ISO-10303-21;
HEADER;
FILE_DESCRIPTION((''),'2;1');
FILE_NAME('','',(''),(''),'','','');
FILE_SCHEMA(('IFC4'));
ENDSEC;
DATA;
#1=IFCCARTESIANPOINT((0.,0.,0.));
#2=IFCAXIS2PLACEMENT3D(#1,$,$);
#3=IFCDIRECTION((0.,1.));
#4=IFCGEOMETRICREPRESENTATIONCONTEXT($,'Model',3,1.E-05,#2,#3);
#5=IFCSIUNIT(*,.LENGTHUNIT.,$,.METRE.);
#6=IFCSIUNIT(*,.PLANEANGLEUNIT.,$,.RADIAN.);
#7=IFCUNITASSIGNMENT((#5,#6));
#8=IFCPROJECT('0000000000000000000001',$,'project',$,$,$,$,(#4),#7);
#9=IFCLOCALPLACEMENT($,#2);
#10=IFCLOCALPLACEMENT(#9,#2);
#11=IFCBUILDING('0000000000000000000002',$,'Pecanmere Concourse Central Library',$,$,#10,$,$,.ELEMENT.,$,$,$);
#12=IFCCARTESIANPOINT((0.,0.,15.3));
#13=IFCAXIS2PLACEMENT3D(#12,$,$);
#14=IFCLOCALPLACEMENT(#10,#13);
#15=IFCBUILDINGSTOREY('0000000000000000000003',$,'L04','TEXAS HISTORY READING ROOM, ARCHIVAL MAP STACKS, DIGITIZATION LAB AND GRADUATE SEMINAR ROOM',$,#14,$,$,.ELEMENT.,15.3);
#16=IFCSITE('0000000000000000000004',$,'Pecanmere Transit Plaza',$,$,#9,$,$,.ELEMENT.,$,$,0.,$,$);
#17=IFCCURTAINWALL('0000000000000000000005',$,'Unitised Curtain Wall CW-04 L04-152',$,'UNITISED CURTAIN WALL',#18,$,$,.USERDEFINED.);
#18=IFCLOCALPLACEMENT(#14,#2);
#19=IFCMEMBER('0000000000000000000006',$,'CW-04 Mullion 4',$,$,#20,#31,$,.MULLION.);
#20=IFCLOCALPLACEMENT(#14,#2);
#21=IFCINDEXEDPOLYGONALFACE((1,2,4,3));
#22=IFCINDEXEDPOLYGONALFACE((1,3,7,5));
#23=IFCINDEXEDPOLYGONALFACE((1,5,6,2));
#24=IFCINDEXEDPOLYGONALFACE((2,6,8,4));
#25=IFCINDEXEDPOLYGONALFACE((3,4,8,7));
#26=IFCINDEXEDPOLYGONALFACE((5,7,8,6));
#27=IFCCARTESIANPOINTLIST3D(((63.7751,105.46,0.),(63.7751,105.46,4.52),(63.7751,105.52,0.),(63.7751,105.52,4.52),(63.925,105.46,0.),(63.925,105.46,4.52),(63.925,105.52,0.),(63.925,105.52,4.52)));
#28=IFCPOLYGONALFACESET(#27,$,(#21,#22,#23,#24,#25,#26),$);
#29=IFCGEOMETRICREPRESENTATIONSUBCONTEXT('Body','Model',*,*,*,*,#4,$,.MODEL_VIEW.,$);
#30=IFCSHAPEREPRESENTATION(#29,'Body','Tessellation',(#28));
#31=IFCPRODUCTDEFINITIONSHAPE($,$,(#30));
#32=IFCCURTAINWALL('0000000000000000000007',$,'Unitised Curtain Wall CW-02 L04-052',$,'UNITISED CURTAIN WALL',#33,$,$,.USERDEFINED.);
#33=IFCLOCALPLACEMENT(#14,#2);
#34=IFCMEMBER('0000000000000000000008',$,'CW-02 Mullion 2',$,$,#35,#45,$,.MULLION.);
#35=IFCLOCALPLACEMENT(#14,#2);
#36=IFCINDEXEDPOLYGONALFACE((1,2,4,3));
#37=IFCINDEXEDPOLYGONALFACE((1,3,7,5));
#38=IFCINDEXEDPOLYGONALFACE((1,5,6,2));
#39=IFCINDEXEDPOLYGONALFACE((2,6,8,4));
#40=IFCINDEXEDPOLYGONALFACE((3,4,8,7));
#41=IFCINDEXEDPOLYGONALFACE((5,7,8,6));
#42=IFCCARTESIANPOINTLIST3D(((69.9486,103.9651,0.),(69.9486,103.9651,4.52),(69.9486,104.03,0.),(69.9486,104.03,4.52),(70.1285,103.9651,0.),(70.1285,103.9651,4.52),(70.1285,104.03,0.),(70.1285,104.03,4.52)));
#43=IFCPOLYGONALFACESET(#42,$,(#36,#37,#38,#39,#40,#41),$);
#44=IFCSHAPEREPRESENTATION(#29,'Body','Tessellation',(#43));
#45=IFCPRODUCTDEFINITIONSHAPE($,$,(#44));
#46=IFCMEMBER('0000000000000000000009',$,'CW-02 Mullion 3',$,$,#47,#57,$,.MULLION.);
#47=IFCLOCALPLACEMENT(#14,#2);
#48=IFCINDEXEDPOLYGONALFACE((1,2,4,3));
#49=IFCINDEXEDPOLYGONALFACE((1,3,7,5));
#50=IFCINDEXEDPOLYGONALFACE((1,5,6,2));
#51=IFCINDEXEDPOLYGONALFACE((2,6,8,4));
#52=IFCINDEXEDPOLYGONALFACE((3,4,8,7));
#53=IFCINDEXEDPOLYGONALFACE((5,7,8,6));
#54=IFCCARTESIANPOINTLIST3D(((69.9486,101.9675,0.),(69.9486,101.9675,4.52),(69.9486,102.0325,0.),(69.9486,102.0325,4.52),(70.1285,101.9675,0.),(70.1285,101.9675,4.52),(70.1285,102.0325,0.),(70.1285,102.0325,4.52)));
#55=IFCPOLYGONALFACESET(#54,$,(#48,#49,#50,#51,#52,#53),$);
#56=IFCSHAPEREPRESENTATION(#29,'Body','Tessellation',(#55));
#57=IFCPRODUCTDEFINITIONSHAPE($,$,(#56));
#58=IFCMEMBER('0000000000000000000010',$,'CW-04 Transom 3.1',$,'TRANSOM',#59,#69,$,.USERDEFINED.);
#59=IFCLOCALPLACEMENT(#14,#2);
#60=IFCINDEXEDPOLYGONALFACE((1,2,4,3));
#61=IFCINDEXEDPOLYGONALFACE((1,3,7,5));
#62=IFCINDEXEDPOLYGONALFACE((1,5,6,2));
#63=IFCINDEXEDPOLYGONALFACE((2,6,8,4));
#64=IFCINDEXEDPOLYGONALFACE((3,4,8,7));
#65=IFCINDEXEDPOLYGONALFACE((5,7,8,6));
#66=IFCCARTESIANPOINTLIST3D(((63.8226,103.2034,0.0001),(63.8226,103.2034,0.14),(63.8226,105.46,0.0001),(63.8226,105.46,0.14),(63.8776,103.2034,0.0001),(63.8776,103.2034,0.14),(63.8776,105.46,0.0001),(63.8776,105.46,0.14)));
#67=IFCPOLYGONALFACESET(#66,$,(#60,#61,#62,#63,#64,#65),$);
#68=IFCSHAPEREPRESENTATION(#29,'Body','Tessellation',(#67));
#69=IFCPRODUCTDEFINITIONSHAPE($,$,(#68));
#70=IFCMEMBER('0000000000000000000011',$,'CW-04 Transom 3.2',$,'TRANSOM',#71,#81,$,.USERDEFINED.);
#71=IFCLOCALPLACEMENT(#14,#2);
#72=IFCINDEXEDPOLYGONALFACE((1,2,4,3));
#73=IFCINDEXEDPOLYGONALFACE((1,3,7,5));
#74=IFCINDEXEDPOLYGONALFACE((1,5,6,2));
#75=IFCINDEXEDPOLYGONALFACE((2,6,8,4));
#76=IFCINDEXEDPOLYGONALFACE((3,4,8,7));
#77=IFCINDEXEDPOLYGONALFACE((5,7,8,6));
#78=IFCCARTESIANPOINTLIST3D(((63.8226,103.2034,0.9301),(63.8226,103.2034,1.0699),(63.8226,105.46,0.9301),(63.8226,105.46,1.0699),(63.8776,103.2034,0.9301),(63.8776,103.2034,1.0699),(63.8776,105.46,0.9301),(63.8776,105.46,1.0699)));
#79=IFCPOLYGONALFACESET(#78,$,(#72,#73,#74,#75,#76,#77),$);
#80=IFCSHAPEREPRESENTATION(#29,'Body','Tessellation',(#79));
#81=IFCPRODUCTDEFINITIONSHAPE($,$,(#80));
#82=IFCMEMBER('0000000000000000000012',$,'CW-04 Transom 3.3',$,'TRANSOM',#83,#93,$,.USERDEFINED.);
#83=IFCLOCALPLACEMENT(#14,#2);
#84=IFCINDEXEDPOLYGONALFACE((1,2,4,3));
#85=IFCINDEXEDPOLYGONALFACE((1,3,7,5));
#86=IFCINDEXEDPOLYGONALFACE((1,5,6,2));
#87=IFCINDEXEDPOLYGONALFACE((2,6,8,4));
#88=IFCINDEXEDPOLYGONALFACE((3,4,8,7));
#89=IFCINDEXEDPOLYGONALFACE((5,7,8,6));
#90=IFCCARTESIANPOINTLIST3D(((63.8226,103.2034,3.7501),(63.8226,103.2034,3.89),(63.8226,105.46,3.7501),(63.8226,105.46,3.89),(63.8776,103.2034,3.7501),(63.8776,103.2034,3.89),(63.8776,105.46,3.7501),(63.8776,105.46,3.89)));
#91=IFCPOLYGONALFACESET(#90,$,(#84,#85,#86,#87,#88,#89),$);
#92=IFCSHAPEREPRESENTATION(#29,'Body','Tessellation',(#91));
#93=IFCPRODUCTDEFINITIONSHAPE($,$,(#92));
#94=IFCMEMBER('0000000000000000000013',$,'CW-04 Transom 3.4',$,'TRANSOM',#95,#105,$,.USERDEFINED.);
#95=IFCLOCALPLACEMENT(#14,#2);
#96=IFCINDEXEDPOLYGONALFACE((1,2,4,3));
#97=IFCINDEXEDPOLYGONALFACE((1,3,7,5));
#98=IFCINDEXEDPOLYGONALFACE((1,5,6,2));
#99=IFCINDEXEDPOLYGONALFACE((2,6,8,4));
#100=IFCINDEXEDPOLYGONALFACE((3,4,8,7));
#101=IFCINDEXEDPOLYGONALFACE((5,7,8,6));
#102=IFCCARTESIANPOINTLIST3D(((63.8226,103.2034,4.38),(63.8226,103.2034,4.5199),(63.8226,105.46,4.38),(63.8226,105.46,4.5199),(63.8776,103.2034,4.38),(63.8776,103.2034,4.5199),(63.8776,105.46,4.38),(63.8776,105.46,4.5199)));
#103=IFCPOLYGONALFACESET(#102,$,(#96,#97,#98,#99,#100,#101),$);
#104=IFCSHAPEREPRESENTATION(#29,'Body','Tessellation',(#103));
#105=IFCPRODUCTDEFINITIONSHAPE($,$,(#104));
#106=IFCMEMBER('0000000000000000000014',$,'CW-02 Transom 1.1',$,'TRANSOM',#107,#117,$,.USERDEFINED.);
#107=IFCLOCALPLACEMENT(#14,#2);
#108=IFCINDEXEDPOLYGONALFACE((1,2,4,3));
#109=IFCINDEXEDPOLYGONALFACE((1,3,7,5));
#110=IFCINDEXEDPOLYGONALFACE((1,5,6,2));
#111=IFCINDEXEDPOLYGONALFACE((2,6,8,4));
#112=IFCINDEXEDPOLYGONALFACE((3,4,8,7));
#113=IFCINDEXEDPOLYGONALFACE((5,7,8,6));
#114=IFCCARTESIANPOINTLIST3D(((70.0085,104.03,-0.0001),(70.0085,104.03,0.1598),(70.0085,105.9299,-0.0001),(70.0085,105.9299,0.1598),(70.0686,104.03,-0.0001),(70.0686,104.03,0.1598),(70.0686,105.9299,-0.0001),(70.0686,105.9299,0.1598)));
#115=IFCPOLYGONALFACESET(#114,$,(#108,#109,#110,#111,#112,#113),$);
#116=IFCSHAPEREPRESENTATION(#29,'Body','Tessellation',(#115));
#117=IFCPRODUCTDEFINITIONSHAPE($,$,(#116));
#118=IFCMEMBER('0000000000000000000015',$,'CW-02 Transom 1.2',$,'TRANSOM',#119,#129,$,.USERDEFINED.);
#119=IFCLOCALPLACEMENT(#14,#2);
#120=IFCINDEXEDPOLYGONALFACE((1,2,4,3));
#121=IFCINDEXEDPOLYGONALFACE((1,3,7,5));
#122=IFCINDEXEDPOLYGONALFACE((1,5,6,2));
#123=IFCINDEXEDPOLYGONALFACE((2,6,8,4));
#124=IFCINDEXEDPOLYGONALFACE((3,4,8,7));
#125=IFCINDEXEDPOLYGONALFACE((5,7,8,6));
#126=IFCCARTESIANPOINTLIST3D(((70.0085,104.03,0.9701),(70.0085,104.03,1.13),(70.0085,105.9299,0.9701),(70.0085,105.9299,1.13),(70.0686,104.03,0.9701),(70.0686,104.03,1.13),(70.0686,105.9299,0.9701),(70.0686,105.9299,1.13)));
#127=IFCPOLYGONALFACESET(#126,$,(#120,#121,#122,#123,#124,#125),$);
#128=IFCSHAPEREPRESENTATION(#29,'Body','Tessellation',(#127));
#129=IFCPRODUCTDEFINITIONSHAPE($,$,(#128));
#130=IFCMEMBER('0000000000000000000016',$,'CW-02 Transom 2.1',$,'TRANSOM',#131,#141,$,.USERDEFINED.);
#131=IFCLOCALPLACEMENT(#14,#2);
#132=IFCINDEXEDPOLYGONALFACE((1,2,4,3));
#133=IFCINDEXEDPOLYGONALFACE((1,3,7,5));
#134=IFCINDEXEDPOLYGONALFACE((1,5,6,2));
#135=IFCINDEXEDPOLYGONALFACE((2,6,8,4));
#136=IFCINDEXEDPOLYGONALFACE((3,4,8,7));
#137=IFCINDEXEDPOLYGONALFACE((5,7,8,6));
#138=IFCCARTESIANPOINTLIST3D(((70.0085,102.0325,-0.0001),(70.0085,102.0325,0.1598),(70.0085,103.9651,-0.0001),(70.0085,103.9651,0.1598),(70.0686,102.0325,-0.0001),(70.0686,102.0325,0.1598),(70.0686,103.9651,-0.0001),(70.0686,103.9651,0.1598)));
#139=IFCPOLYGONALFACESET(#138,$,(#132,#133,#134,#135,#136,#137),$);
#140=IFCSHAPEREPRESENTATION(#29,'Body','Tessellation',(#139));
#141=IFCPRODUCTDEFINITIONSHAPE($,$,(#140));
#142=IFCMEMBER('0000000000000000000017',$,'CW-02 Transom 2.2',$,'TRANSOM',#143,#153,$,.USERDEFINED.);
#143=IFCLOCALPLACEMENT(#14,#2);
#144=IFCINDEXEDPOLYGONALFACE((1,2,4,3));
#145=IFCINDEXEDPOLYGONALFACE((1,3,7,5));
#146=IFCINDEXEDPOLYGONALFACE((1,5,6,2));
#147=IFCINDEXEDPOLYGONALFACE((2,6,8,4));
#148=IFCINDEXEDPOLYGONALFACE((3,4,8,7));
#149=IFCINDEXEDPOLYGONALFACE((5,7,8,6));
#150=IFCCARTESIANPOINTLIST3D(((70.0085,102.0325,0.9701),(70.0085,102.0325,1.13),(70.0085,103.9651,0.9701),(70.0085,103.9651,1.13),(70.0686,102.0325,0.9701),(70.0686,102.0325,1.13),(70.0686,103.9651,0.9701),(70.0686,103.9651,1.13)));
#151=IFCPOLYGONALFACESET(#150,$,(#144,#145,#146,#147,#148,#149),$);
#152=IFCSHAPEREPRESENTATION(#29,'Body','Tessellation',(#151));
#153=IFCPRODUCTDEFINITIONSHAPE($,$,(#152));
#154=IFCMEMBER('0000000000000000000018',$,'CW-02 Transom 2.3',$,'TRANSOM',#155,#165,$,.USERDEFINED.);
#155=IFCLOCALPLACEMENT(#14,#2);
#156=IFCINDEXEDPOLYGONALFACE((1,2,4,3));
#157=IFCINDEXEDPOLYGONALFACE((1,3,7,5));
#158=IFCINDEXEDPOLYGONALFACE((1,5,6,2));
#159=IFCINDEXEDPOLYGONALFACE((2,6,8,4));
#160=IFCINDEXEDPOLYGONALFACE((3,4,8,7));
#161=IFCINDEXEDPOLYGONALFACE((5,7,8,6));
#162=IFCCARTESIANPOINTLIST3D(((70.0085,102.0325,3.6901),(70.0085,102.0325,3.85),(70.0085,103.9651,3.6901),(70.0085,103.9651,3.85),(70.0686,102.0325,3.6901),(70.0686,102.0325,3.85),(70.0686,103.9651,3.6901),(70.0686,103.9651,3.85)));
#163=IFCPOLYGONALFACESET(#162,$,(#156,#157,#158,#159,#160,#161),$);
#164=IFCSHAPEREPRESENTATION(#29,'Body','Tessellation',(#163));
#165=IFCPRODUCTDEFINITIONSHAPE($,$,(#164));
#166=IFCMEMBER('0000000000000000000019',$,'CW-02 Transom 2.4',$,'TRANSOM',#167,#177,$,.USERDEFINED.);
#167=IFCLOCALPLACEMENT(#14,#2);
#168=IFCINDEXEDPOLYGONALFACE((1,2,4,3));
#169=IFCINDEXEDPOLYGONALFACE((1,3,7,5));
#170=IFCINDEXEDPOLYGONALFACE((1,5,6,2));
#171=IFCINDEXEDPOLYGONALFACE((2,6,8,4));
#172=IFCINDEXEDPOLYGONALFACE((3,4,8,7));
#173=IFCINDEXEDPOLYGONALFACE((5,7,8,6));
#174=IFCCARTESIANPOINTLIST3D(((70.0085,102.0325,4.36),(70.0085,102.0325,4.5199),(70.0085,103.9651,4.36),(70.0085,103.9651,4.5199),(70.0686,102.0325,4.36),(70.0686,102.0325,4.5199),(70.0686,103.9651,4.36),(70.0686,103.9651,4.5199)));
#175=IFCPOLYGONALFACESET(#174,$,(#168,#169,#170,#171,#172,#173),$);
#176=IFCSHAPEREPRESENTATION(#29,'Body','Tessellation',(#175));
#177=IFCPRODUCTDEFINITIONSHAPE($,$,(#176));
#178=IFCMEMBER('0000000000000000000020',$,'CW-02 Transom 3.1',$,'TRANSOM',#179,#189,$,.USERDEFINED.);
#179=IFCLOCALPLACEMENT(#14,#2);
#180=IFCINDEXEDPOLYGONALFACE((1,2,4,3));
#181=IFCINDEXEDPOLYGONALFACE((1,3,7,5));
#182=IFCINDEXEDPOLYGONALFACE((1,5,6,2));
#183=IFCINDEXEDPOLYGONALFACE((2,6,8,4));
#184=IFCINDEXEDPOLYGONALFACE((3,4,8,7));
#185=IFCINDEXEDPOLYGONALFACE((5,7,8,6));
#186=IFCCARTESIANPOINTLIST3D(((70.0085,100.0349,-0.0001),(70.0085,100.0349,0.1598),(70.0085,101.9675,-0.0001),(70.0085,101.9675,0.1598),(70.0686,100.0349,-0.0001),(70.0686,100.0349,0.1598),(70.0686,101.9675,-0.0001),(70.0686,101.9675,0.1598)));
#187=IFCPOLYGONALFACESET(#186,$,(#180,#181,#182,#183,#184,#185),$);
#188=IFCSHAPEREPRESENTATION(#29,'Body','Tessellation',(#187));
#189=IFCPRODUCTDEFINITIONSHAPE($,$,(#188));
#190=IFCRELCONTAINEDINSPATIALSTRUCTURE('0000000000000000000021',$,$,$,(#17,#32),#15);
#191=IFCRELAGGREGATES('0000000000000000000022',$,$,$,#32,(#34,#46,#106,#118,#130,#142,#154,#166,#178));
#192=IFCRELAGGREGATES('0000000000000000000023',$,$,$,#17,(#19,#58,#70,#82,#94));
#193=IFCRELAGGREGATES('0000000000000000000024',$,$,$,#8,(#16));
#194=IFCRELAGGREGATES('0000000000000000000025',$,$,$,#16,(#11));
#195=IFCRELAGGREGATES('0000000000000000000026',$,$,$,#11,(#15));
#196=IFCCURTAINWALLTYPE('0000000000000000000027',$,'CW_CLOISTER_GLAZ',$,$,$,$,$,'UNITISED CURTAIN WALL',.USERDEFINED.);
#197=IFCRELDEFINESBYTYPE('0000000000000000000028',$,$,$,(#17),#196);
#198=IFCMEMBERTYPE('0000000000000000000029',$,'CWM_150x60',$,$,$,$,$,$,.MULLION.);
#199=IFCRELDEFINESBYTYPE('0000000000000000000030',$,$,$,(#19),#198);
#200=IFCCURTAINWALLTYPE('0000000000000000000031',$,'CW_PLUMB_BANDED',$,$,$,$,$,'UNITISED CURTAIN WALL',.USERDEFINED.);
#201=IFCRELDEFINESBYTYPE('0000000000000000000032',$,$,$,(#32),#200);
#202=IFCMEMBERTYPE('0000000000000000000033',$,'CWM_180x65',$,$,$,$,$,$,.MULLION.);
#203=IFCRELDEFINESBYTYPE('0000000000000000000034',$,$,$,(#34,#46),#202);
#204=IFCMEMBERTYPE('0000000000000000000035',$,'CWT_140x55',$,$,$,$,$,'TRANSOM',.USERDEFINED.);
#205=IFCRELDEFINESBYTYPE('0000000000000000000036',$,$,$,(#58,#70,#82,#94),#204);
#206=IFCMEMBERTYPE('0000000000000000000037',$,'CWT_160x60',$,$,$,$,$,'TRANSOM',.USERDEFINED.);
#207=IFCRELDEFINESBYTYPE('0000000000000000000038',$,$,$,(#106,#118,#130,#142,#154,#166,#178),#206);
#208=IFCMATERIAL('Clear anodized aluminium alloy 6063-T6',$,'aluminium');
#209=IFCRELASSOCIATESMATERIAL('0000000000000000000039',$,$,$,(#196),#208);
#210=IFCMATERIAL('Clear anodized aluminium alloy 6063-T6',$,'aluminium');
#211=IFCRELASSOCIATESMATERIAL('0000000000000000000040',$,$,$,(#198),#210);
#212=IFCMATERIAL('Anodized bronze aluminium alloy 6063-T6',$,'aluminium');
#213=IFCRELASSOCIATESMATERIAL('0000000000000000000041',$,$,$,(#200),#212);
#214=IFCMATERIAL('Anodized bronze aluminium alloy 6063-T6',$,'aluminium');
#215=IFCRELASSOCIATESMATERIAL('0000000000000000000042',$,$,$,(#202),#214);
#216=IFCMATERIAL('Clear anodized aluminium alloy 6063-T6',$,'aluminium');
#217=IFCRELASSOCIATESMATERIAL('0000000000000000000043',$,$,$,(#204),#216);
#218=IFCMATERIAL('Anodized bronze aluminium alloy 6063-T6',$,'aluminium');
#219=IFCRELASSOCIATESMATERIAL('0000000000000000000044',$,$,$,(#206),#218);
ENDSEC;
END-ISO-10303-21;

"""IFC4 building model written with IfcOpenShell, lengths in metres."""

from ifc_helpers import new_model, si_unit, direction, frame, origin, origin_2d, place, context, subcontext, project, spatial, rectangle, extrude, material, material_profile, profile_set, type_object, element, aggregate, save


model = new_model("IFC4")

# Units and contexts
model_context = context("Model", 3, precision=1e-05, world=origin(), true_north=direction((0.0, 1.0)))
body_context = subcontext(model_context, "Body", "Model", "MODEL_VIEW")
ifc_project = project(units=[si_unit("LENGTHUNIT", "METRE"), si_unit("PLANEANGLEUNIT", "RADIAN")], contexts=[model_context])

# Site, building, storey
site_placement = place(None, origin())
site = spatial("IfcSite", under=ifc_project, at=site_placement, Name="Pecanmere Transit Plaza", CompositionType="ELEMENT", RefElevation=0.0)
building_placement = place(site_placement, origin())
building = spatial("IfcBuilding", under=site, at=building_placement, Name="Pecanmere Concourse Central Library", CompositionType="ELEMENT")
storey_placement = place(building_placement, frame((0.0, 0.0, 15.3)))
storey = spatial("IfcBuildingStorey", under=building, at=storey_placement, Name="L04", Description="TEXAS HISTORY READING ROOM, ARCHIVAL MAP STACKS, DIGITIZATION LAB AND GRADUATE SEMINAR ROOM", CompositionType="ELEMENT", Elevation=15.3)

# Curtain wall, member
ifc_material_1 = material(Name="Clear anodized aluminium alloy 6063-T6", Category="aluminium")
curtain_wall_type_1 = type_object("IfcCurtainWallType", Name="CW_CLOISTER_GLAZ", ElementType="UNITISED CURTAIN WALL", PredefinedType="USERDEFINED", material=ifc_material_1)
curtain_wall_1_placement = place(storey_placement, origin())
curtain_wall_1 = element("IfcCurtainWall", 1, at=curtain_wall_1_placement, inside=storey, type_object=curtain_wall_type_1, Name="Unitised Curtain Wall CW-04 L04-152", ObjectType="UNITISED CURTAIN WALL", PredefinedType="USERDEFINED")
ifc_material_2 = material(Name="Clear anodized aluminium alloy 6063-T6", Category="aluminium")
ifc_material_profile_1 = material_profile(ifc_material_2, rectangle(XDim=0.0601, YDim=0.1499, at=origin_2d()), Name="AL 60x150")
ifc_profile_set_1 = profile_set([ifc_material_profile_1], Name="Clear anodized aluminium alloy 6063-T6")
member_type_1 = type_object("IfcMemberType", Name="CWM_150x60", PredefinedType="MULLION", material=ifc_profile_set_1)
member_1_placement = place(storey_placement, frame((63.8501, 105.49, 0.0), z_axis=(0.0, 0.0, 1.0), x_axis=(0.0, 1.0, 0.0)))
member_1 = element("IfcMember", 2, at=member_1_placement, type_object=member_type_1, Name="CW-04 Mullion 4", PredefinedType="MULLION", context=body_context, shape_type="SweptSolid", body=[
    extrude(rectangle(XDim=0.0601, YDim=0.1499, at=origin_2d()), origin(), (0.0, 0.0, 1.0), 4.52),
])

# Curtain wall, members
ifc_material_3 = material(Name="Anodized bronze aluminium alloy 6063-T6", Category="aluminium")
curtain_wall_type_2 = type_object("IfcCurtainWallType", Name="CW_PLUMB_BANDED", ElementType="UNITISED CURTAIN WALL", PredefinedType="USERDEFINED", material=ifc_material_3)
curtain_wall_2_placement = place(storey_placement, origin())
curtain_wall_2 = element("IfcCurtainWall", 3, at=curtain_wall_2_placement, inside=storey, type_object=curtain_wall_type_2, Name="Unitised Curtain Wall CW-02 L04-052", ObjectType="UNITISED CURTAIN WALL", PredefinedType="USERDEFINED")
ifc_material_4 = material(Name="Anodized bronze aluminium alloy 6063-T6", Category="aluminium")
ifc_material_profile_2 = material_profile(ifc_material_4, rectangle(XDim=0.0649, YDim=0.1799, at=origin_2d()), Name="AL 65x180")
ifc_profile_set_2 = profile_set([ifc_material_profile_2], Name="Anodized bronze aluminium alloy 6063-T6")
member_type_2 = type_object("IfcMemberType", Name="CWM_180x65", PredefinedType="MULLION", material=ifc_profile_set_2)
member_2_placement = place(storey_placement, frame((70.0386, 103.9976, 0.0), z_axis=(0.0, 0.0, 1.0), x_axis=(0.0, -1.0, 0.0)))
member_2 = element("IfcMember", 4, at=member_2_placement, type_object=member_type_2, Name="CW-02 Mullion 2", PredefinedType="MULLION", context=body_context, shape_type="SweptSolid", body=[
    extrude(rectangle(XDim=0.0649, YDim=0.1799, at=origin_2d()), origin(), (0.0, 0.0, 1.0), 4.52),
])
member_3_placement = place(storey_placement, frame((70.0386, 102.0, 0.0), z_axis=(0.0, 0.0, 1.0), x_axis=(0.0, -1.0, 0.0)))
member_3 = element("IfcMember", 5, at=member_3_placement, type_object=member_type_2, Name="CW-02 Mullion 3", PredefinedType="MULLION", context=body_context, shape_type="SweptSolid", body=[
    extrude(rectangle(XDim=0.0649, YDim=0.1799, at=origin_2d()), origin(), (0.0, 0.0, 1.0), 4.52),
])

# Members
ifc_material_5 = material(Name="Clear anodized aluminium alloy 6063-T6", Category="aluminium")
ifc_material_profile_3 = material_profile(ifc_material_5, rectangle(XDim=0.0549, YDim=0.1399, at=origin_2d()), Name="AL 55x140")
ifc_profile_set_3 = profile_set([ifc_material_profile_3], Name="Clear anodized aluminium alloy 6063-T6")
member_type_3 = type_object("IfcMemberType", Name="CWT_140x55", ElementType="TRANSOM", PredefinedType="USERDEFINED", material=ifc_profile_set_3)
member_4_placement = place(storey_placement, frame((63.8501, 103.2034, 0.0701), z_axis=(0.0, 1.0, 0.0), x_axis=(-1.0, 0.0, 0.0)))
member_4 = element("IfcMember", 6, at=member_4_placement, type_object=member_type_3, Name="CW-04 Transom 3.1", ObjectType="TRANSOM", PredefinedType="USERDEFINED", context=body_context, shape_type="SweptSolid", body=[
    extrude(rectangle(XDim=0.0549, YDim=0.1399, at=origin_2d()), origin(), (0.0, 0.0, 1.0), 2.2566),
])
member_5_placement = place(storey_placement, frame((63.8501, 103.2034, 1.0), z_axis=(0.0, 1.0, 0.0), x_axis=(-1.0, 0.0, 0.0)))
member_5 = element("IfcMember", 7, at=member_5_placement, type_object=member_type_3, Name="CW-04 Transom 3.2", ObjectType="TRANSOM", PredefinedType="USERDEFINED", context=body_context, shape_type="SweptSolid", body=[
    extrude(rectangle(XDim=0.0549, YDim=0.1399, at=origin_2d()), origin(), (0.0, 0.0, 1.0), 2.2566),
])
member_6_placement = place(storey_placement, frame((63.8501, 103.2034, 3.8201), z_axis=(0.0, 1.0, 0.0), x_axis=(-1.0, 0.0, 0.0)))
member_6 = element("IfcMember", 8, at=member_6_placement, type_object=member_type_3, Name="CW-04 Transom 3.3", ObjectType="TRANSOM", PredefinedType="USERDEFINED", context=body_context, shape_type="SweptSolid", body=[
    extrude(rectangle(XDim=0.0549, YDim=0.1399, at=origin_2d()), origin(), (0.0, 0.0, 1.0), 2.2566),
])
member_7_placement = place(storey_placement, frame((63.8501, 103.2034, 4.45), z_axis=(0.0, 1.0, 0.0), x_axis=(-1.0, 0.0, 0.0)))
member_7 = element("IfcMember", 9, at=member_7_placement, type_object=member_type_3, Name="CW-04 Transom 3.4", ObjectType="TRANSOM", PredefinedType="USERDEFINED", context=body_context, shape_type="SweptSolid", body=[
    extrude(rectangle(XDim=0.0549, YDim=0.1399, at=origin_2d()), origin(), (0.0, 0.0, 1.0), 2.2566),
])
ifc_material_6 = material(Name="Anodized bronze aluminium alloy 6063-T6", Category="aluminium")
ifc_material_profile_4 = material_profile(ifc_material_6, rectangle(XDim=0.0601, YDim=0.1599, at=origin_2d()), Name="AL 60x160")
ifc_profile_set_4 = profile_set([ifc_material_profile_4], Name="Anodized bronze aluminium alloy 6063-T6")
member_type_4 = type_object("IfcMemberType", Name="CWT_160x60", ElementType="TRANSOM", PredefinedType="USERDEFINED", material=ifc_profile_set_4)
member_8_placement = place(storey_placement, frame((70.0386, 105.9299, 0.0798), z_axis=(0.0, -1.0, 0.0), x_axis=(1.0, 0.0, 0.0)))
member_8 = element("IfcMember", 10, at=member_8_placement, type_object=member_type_4, Name="CW-02 Transom 1.1", ObjectType="TRANSOM", PredefinedType="USERDEFINED", context=body_context, shape_type="SweptSolid", body=[
    extrude(rectangle(XDim=0.0601, YDim=0.1599, at=origin_2d()), origin(), (0.0, 0.0, 1.0), 1.8999),
])
member_9_placement = place(storey_placement, frame((70.0386, 105.9299, 1.05), z_axis=(0.0, -1.0, 0.0), x_axis=(1.0, 0.0, 0.0)))
member_9 = element("IfcMember", 11, at=member_9_placement, type_object=member_type_4, Name="CW-02 Transom 1.2", ObjectType="TRANSOM", PredefinedType="USERDEFINED", context=body_context, shape_type="SweptSolid", body=[
    extrude(rectangle(XDim=0.0601, YDim=0.1599, at=origin_2d()), origin(), (0.0, 0.0, 1.0), 1.8999),
])
member_10_placement = place(storey_placement, frame((70.0386, 103.9651, 0.0798), z_axis=(0.0, -1.0, 0.0), x_axis=(1.0, 0.0, 0.0)))
member_10 = element("IfcMember", 12, at=member_10_placement, type_object=member_type_4, Name="CW-02 Transom 2.1", ObjectType="TRANSOM", PredefinedType="USERDEFINED", context=body_context, shape_type="SweptSolid", body=[
    extrude(rectangle(XDim=0.0601, YDim=0.1599, at=origin_2d()), origin(), (0.0, 0.0, 1.0), 1.9326),
])
member_11_placement = place(storey_placement, frame((70.0386, 103.9651, 1.05), z_axis=(0.0, -1.0, 0.0), x_axis=(1.0, 0.0, 0.0)))
member_11 = element("IfcMember", 13, at=member_11_placement, type_object=member_type_4, Name="CW-02 Transom 2.2", ObjectType="TRANSOM", PredefinedType="USERDEFINED", context=body_context, shape_type="SweptSolid", body=[
    extrude(rectangle(XDim=0.0601, YDim=0.1599, at=origin_2d()), origin(), (0.0, 0.0, 1.0), 1.9326),
])
member_12_placement = place(storey_placement, frame((70.0386, 103.9651, 3.77), z_axis=(0.0, -1.0, 0.0), x_axis=(1.0, 0.0, 0.0)))
member_12 = element("IfcMember", 14, at=member_12_placement, type_object=member_type_4, Name="CW-02 Transom 2.3", ObjectType="TRANSOM", PredefinedType="USERDEFINED", context=body_context, shape_type="SweptSolid", body=[
    extrude(rectangle(XDim=0.0601, YDim=0.1599, at=origin_2d()), origin(), (0.0, 0.0, 1.0), 1.9326),
])
member_13_placement = place(storey_placement, frame((70.0386, 103.9651, 4.4399), z_axis=(0.0, -1.0, 0.0), x_axis=(1.0, 0.0, 0.0)))
member_13 = element("IfcMember", 15, at=member_13_placement, type_object=member_type_4, Name="CW-02 Transom 2.4", ObjectType="TRANSOM", PredefinedType="USERDEFINED", context=body_context, shape_type="SweptSolid", body=[
    extrude(rectangle(XDim=0.0601, YDim=0.1599, at=origin_2d()), origin(), (0.0, 0.0, 1.0), 1.9326),
])
member_14_placement = place(storey_placement, frame((70.0386, 101.9675, 0.0798), z_axis=(0.0, -1.0, 0.0), x_axis=(1.0, 0.0, 0.0)))
member_14 = element("IfcMember", 16, at=member_14_placement, type_object=member_type_4, Name="CW-02 Transom 3.1", ObjectType="TRANSOM", PredefinedType="USERDEFINED", context=body_context, shape_type="SweptSolid", body=[
    extrude(rectangle(XDim=0.0601, YDim=0.1599, at=origin_2d()), origin(), (0.0, 0.0, 1.0), 1.9326),
])

aggregate(curtain_wall_2, [member_2, member_3, member_8, member_9, member_10, member_11, member_12, member_13, member_14])
aggregate(curtain_wall_1, [member_1, member_4, member_5, member_6, member_7])

save(model, "model.ifc")
